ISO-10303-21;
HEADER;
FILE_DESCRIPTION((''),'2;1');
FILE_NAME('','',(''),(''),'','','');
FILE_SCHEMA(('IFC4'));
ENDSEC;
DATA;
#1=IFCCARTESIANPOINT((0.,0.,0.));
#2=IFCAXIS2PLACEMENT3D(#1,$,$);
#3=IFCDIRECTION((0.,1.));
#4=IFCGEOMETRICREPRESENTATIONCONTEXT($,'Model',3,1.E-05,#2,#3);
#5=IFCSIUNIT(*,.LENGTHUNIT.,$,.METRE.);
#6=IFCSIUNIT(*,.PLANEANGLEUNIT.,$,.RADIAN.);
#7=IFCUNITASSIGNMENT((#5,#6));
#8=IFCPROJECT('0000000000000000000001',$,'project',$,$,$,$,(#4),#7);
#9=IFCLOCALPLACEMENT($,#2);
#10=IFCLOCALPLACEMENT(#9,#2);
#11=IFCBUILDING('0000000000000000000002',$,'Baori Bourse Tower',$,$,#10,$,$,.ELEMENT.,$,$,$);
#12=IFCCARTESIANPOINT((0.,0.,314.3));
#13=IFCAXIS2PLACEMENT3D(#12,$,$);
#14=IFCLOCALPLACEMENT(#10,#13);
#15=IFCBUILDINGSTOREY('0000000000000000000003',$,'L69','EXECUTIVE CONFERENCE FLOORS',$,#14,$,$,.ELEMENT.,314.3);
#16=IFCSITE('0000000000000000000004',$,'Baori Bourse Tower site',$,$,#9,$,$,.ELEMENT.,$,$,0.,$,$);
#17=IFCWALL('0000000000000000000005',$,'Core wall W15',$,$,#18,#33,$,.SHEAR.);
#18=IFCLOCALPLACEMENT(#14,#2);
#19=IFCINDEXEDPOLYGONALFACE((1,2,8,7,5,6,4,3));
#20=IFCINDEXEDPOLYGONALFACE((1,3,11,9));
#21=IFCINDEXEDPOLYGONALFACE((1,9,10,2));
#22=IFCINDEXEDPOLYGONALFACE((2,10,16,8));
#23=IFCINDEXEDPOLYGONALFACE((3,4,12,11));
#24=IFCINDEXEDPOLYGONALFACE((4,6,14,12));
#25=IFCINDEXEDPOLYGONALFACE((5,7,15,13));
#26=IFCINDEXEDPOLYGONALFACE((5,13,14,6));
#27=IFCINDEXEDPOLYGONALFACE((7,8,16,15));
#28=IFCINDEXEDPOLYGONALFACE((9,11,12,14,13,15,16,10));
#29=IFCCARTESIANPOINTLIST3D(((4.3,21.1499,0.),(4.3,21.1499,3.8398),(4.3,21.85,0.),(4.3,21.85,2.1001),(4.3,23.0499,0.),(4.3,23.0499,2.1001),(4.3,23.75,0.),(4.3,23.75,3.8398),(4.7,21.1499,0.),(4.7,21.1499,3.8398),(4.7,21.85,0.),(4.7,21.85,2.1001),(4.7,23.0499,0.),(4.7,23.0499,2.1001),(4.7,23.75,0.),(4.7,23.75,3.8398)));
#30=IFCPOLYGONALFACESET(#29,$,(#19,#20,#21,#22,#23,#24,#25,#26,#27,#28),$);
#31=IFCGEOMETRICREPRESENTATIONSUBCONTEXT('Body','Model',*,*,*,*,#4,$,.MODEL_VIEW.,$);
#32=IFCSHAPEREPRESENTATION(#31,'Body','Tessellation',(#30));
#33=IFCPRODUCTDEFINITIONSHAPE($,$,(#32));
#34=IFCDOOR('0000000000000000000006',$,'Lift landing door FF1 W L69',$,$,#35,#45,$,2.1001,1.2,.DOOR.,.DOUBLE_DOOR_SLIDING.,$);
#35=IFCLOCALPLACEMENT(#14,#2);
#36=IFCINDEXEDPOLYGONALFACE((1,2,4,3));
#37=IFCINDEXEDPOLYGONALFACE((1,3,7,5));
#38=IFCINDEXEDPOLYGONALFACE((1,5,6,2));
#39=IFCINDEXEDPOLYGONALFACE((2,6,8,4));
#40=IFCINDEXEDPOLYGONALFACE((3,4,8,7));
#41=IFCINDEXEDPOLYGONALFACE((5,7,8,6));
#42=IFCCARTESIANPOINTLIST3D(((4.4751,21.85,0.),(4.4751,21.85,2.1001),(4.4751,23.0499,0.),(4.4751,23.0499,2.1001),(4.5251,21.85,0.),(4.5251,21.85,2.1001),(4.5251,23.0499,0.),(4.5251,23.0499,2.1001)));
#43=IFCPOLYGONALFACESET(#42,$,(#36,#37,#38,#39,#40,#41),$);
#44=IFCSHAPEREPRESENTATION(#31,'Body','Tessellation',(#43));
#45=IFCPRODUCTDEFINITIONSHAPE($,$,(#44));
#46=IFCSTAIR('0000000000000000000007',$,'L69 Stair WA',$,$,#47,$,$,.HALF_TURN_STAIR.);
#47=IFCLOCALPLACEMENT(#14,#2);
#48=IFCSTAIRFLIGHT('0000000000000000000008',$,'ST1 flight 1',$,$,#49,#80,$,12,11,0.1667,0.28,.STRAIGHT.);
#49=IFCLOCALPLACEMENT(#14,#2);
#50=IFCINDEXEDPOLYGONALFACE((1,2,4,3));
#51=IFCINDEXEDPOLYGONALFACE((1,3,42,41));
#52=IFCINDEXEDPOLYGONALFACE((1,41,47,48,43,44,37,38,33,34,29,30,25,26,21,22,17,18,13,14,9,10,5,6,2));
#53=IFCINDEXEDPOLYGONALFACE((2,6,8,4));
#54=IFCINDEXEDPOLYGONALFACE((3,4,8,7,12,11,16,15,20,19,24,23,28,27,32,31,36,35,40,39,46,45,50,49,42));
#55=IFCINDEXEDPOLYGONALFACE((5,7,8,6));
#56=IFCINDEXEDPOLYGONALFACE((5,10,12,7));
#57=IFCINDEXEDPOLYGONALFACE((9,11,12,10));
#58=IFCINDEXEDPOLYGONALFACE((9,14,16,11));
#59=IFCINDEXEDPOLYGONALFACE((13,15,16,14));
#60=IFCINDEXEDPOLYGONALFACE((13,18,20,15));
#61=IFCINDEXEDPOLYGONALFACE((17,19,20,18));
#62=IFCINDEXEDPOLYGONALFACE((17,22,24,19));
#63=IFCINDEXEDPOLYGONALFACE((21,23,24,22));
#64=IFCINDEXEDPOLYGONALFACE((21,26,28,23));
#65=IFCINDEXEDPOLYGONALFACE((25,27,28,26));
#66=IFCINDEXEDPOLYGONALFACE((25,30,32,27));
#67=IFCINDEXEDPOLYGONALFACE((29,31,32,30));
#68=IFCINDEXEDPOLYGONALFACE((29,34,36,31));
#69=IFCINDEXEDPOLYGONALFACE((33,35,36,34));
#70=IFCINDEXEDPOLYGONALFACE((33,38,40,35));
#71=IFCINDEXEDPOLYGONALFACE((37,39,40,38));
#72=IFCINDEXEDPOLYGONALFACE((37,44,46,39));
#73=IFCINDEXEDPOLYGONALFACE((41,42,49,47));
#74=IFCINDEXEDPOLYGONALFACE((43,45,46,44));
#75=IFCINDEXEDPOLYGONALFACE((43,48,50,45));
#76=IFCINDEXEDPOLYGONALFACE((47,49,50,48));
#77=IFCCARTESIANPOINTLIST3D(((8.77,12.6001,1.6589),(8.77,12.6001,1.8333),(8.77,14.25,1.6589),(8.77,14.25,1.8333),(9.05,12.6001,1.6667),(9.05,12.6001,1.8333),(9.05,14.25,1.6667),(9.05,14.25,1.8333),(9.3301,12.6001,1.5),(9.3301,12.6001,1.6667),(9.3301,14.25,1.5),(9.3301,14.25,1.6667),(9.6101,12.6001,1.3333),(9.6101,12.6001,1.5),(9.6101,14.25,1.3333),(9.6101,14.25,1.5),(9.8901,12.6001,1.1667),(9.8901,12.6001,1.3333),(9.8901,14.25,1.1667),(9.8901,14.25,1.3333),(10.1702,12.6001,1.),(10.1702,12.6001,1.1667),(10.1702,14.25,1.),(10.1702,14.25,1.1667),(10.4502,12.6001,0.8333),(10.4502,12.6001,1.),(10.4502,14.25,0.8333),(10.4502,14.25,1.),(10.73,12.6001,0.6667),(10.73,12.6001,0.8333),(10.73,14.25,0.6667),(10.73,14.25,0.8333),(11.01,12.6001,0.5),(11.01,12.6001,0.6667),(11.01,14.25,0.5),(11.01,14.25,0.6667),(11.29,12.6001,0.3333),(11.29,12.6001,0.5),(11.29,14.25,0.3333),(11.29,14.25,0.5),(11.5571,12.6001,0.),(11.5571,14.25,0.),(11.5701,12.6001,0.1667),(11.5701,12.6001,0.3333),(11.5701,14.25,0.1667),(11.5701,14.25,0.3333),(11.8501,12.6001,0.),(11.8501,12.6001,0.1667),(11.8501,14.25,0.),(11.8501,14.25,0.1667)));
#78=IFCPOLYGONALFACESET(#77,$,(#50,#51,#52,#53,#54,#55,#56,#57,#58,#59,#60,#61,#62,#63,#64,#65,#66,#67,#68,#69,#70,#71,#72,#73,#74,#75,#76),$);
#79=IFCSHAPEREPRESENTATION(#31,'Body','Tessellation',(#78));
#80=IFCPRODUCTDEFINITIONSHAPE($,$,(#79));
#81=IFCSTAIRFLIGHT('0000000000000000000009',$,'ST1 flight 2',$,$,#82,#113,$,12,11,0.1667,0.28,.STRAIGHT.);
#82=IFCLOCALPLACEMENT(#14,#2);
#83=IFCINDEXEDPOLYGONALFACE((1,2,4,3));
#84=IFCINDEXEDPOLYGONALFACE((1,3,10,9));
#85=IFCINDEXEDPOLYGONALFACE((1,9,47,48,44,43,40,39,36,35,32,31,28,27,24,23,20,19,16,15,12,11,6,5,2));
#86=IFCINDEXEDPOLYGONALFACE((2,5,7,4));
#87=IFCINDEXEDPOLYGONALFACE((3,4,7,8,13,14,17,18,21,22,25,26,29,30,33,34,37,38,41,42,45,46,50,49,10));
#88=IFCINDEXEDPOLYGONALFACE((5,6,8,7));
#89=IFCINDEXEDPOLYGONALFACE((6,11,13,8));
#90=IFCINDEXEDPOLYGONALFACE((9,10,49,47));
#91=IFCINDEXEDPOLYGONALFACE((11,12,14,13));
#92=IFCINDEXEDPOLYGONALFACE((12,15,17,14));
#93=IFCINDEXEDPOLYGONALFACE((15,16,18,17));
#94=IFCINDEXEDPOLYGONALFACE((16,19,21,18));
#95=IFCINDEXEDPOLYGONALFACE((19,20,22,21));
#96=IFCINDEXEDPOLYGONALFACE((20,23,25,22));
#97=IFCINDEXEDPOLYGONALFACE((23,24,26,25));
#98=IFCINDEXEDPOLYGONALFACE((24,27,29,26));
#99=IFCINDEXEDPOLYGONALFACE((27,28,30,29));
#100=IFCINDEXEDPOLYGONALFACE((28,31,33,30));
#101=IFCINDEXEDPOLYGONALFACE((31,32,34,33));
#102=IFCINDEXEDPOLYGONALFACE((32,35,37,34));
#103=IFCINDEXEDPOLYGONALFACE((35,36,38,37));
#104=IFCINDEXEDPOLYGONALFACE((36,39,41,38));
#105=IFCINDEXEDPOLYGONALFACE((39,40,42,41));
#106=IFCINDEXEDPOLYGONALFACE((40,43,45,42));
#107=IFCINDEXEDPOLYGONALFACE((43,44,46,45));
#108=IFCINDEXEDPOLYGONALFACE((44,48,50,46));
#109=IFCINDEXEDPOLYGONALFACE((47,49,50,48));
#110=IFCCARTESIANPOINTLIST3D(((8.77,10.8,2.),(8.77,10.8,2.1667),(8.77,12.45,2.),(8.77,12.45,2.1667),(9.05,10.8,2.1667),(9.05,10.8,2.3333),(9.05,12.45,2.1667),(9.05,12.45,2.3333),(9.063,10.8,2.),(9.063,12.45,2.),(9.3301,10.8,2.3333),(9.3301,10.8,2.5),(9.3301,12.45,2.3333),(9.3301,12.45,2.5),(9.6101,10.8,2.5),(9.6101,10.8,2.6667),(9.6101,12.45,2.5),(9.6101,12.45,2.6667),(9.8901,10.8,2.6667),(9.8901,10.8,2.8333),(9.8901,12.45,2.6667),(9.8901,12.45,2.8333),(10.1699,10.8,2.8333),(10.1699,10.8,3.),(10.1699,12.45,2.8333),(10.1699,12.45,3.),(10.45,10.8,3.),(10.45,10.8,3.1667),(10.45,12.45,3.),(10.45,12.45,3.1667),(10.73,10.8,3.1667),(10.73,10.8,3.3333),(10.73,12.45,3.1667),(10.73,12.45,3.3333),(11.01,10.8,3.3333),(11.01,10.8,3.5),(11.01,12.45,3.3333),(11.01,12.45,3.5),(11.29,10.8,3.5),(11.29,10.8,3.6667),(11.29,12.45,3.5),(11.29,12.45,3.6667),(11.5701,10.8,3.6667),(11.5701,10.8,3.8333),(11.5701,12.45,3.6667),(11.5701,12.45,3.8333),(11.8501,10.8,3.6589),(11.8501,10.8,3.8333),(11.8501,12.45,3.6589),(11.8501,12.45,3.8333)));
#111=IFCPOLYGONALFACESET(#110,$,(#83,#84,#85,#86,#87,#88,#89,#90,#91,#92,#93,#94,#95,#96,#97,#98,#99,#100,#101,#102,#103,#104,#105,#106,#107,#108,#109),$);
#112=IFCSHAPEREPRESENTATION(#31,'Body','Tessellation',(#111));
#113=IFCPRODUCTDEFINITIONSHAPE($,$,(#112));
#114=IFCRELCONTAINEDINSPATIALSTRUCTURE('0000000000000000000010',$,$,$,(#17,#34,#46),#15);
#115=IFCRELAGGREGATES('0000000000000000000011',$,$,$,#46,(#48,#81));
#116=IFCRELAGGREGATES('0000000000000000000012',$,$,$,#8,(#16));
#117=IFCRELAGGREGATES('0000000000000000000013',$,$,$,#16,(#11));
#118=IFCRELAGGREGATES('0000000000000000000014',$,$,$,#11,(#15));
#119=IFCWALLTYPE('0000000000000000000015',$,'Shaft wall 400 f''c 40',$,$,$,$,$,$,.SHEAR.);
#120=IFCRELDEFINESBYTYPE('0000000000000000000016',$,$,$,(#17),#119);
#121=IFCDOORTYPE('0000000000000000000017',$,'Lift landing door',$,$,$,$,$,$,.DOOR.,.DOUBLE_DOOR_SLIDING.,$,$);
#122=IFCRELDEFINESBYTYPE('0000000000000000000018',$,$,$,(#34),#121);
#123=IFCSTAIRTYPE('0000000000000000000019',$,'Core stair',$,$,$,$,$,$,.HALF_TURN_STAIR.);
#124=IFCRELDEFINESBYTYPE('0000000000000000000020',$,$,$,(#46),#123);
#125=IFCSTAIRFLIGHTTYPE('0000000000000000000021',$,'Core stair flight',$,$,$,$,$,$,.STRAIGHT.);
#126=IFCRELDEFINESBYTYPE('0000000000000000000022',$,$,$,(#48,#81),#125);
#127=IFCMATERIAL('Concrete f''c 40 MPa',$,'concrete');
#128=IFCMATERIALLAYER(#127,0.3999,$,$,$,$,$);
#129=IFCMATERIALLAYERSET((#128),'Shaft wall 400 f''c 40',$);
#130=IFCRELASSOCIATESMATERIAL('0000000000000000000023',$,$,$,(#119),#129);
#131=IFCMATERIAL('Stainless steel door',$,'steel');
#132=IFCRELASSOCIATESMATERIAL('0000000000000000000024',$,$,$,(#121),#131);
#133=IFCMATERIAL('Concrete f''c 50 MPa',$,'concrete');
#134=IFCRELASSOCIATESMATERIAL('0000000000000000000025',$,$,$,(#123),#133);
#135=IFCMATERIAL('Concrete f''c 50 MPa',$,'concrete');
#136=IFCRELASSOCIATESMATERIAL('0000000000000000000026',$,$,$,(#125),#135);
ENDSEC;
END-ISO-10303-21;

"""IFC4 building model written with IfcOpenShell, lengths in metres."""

from ifc_helpers import new_model, si_unit, direction, frame, frame_2d, origin, place, context, subcontext, project, spatial, polyline, rectangle, outline, extrude, material, layer, layer_set, type_object, element, fill, aggregate, save


model = new_model("IFC4")

# Units and contexts
model_context = context("Model", 3, precision=1e-05, world=origin(), true_north=direction((0.0, 1.0)))
body_context = subcontext(model_context, "Body", "Model", "MODEL_VIEW")
ifc_project = project(units=[si_unit("LENGTHUNIT", "METRE"), si_unit("PLANEANGLEUNIT", "RADIAN")], contexts=[model_context])

# Site, building, storey
site_placement = place(None, origin())
site = spatial("IfcSite", under=ifc_project, at=site_placement, Name="Baori Bourse Tower site", CompositionType="ELEMENT", RefElevation=0.0)
building_placement = place(site_placement, origin())
building = spatial("IfcBuilding", under=site, at=building_placement, Name="Baori Bourse Tower", CompositionType="ELEMENT")
storey_placement = place(building_placement, frame((0.0, 0.0, 314.3)))
storey = spatial("IfcBuildingStorey", under=building, at=storey_placement, Name="L69", Description="EXECUTIVE CONFERENCE FLOORS", CompositionType="ELEMENT", Elevation=314.3)

# Shared definitions
ifc_material_1 = material(Name="Concrete f'c 40 MPa", Category="concrete")
ifc_layer_1 = layer(ifc_material_1, 0.3999)
ifc_layer_set_1 = layer_set([ifc_layer_1], Name="Shaft wall 400 f'c 40")
wall_type_1 = type_object("IfcWallType", Name="Shaft wall 400 f'c 40", PredefinedType="SHEAR", material=ifc_layer_set_1)

# Wall, opening, door
wall_1_placement = place(storey_placement, frame((4.5, 21.1499, 0.0), z_axis=(0.0, 0.0, 1.0), x_axis=(0.0, 1.0, 0.0)))
wall_1 = element("IfcWall", 1, at=wall_1_placement, inside=storey, type_object=wall_type_1, Name="Core wall W15", PredefinedType="SHEAR", context=body_context, shape_type="SweptSolid", body=[
    extrude(rectangle(XDim=2.6001, YDim=0.3999, at=frame_2d((1.3, 0.0))), origin(), (0.0, 0.0, 1.0), 3.8398),
])
opening_1_placement = place(wall_1_placement, frame((0.7, 0.0, 0.0)))
opening_1 = element("IfcOpeningElement", 2, at=opening_1_placement, cuts=wall_1, PredefinedType="OPENING", context=body_context, shape_type="SweptSolid", body=[
    extrude(rectangle(XDim=1.2, YDim=2.1001, at=frame_2d((0.6001, 1.05))), frame((0.0, 0.21, 0.0), z_axis=(0.0, -1.0, 0.0), x_axis=(1.0, 0.0, 0.0)), (0.0, 0.0, 1.0), 0.4199),
])
ifc_material_2 = material(Name="Stainless steel door", Category="steel")
door_type_1 = type_object("IfcDoorType", Name="Lift landing door", OperationType="DOUBLE_DOOR_SLIDING", PredefinedType="DOOR", material=ifc_material_2)
door_1_placement = place(opening_1_placement, origin())
door_1 = element("IfcDoor", 3, at=door_1_placement, inside=storey, type_object=door_type_1, Name="Lift landing door FF1 W L69", OperationType="DOUBLE_DOOR_SLIDING", OverallHeight=2.1001, OverallWidth=1.2, PredefinedType="DOOR", context=body_context, shape_type="SweptSolid", body=[
    extrude(rectangle(XDim=1.2, YDim=2.1001, at=frame_2d((0.6001, 1.05))), frame((0.0, 0.0249, 0.0), z_axis=(0.0, -1.0, 0.0), x_axis=(1.0, 0.0, 0.0)), (0.0, 0.0, 1.0), 0.05),
])
fill(opening_1, door_1)

# Stair, stair flights
ifc_material_3 = material(Name="Concrete f'c 50 MPa", Category="concrete")
stair_type = type_object("IfcStairType", Name="Core stair", PredefinedType="HALF_TURN_STAIR", material=ifc_material_3)
stair_placement = place(storey_placement, origin())
stair = element("IfcStair", 4, at=stair_placement, inside=storey, type_object=stair_type, Name="L69 Stair WA", PredefinedType="HALF_TURN_STAIR")
ifc_material_4 = material(Name="Concrete f'c 50 MPa", Category="concrete")
stair_flight_type = type_object("IfcStairFlightType", Name="Core stair flight", PredefinedType="STRAIGHT", material=ifc_material_4)
stair_flight_1_placement = place(storey_placement, frame((11.8501, 13.425, 0.0), z_axis=(0.0, 0.0, 1.0), x_axis=(-1.0, 0.0, 0.0)))
stair_flight_1 = element("IfcStairFlight", 5, at=stair_flight_1_placement, type_object=stair_flight_type, Name="ST1 flight 1", NumberOfRisers=12, NumberOfTreads=11, PredefinedType="STRAIGHT", RiserHeight=0.1667, TreadLength=0.28, context=body_context, shape_type="SweptSolid", body=[
    extrude(outline(polyline([(0.0, 0.0), (0.0, 0.1667), (0.28, 0.1667), (0.28, 0.3333), (0.5601, 0.3333), (0.5601, 0.5), (0.8401, 0.5), (0.8401, 0.6667), (1.1201, 0.6667), (1.1201, 0.8333), (1.3999, 0.8333), (1.3999, 1.0), (1.6799, 1.0), (1.6799, 1.1667), (1.96, 1.1667), (1.96, 1.3333), (2.24, 1.3333), (2.24, 1.5), (2.52, 1.5), (2.52, 1.6667), (2.8, 1.6667), (2.8, 1.8333), (3.0801, 1.8333), (3.0801, 2.0), (3.0801, 1.6589), (0.293, 0.0), (0.0, 0.0)])), frame((0.0, 0.825, 0.0), z_axis=(0.0, -1.0, 0.0), x_axis=(1.0, 0.0, 0.0)), (0.0, 0.0, 1.0), 1.6499),
])
stair_flight_2_placement = place(storey_placement, frame((8.77, 11.625, 2.0), z_axis=(0.0, 0.0, 1.0), x_axis=(1.0, 0.0, 0.0)))
stair_flight_2 = element("IfcStairFlight", 6, at=stair_flight_2_placement, type_object=stair_flight_type, Name="ST1 flight 2", NumberOfRisers=12, NumberOfTreads=11, PredefinedType="STRAIGHT", RiserHeight=0.1667, TreadLength=0.28, context=body_context, shape_type="SweptSolid", body=[
    extrude(outline(polyline([(0.0, 0.0), (0.0, 0.1667), (0.28, 0.1667), (0.28, 0.3333), (0.5601, 0.3333), (0.5601, 0.5), (0.8401, 0.5), (0.8401, 0.6667), (1.1201, 0.6667), (1.1201, 0.8333), (1.3999, 0.8333), (1.3999, 1.0), (1.6799, 1.0), (1.6799, 1.1667), (1.96, 1.1667), (1.96, 1.3333), (2.24, 1.3333), (2.24, 1.5), (2.52, 1.5), (2.52, 1.6667), (2.8, 1.6667), (2.8, 1.8333), (3.0801, 1.8333), (3.0801, 2.0), (3.0801, 1.6589), (0.293, 0.0), (0.0, 0.0)])), frame((0.0, 0.825, 0.0), z_axis=(0.0, -1.0, 0.0), x_axis=(1.0, 0.0, 0.0)), (0.0, 0.0, 1.0), 1.6499),
])
aggregate(stair, [stair_flight_1, stair_flight_2])

save(model, "model.ifc")
